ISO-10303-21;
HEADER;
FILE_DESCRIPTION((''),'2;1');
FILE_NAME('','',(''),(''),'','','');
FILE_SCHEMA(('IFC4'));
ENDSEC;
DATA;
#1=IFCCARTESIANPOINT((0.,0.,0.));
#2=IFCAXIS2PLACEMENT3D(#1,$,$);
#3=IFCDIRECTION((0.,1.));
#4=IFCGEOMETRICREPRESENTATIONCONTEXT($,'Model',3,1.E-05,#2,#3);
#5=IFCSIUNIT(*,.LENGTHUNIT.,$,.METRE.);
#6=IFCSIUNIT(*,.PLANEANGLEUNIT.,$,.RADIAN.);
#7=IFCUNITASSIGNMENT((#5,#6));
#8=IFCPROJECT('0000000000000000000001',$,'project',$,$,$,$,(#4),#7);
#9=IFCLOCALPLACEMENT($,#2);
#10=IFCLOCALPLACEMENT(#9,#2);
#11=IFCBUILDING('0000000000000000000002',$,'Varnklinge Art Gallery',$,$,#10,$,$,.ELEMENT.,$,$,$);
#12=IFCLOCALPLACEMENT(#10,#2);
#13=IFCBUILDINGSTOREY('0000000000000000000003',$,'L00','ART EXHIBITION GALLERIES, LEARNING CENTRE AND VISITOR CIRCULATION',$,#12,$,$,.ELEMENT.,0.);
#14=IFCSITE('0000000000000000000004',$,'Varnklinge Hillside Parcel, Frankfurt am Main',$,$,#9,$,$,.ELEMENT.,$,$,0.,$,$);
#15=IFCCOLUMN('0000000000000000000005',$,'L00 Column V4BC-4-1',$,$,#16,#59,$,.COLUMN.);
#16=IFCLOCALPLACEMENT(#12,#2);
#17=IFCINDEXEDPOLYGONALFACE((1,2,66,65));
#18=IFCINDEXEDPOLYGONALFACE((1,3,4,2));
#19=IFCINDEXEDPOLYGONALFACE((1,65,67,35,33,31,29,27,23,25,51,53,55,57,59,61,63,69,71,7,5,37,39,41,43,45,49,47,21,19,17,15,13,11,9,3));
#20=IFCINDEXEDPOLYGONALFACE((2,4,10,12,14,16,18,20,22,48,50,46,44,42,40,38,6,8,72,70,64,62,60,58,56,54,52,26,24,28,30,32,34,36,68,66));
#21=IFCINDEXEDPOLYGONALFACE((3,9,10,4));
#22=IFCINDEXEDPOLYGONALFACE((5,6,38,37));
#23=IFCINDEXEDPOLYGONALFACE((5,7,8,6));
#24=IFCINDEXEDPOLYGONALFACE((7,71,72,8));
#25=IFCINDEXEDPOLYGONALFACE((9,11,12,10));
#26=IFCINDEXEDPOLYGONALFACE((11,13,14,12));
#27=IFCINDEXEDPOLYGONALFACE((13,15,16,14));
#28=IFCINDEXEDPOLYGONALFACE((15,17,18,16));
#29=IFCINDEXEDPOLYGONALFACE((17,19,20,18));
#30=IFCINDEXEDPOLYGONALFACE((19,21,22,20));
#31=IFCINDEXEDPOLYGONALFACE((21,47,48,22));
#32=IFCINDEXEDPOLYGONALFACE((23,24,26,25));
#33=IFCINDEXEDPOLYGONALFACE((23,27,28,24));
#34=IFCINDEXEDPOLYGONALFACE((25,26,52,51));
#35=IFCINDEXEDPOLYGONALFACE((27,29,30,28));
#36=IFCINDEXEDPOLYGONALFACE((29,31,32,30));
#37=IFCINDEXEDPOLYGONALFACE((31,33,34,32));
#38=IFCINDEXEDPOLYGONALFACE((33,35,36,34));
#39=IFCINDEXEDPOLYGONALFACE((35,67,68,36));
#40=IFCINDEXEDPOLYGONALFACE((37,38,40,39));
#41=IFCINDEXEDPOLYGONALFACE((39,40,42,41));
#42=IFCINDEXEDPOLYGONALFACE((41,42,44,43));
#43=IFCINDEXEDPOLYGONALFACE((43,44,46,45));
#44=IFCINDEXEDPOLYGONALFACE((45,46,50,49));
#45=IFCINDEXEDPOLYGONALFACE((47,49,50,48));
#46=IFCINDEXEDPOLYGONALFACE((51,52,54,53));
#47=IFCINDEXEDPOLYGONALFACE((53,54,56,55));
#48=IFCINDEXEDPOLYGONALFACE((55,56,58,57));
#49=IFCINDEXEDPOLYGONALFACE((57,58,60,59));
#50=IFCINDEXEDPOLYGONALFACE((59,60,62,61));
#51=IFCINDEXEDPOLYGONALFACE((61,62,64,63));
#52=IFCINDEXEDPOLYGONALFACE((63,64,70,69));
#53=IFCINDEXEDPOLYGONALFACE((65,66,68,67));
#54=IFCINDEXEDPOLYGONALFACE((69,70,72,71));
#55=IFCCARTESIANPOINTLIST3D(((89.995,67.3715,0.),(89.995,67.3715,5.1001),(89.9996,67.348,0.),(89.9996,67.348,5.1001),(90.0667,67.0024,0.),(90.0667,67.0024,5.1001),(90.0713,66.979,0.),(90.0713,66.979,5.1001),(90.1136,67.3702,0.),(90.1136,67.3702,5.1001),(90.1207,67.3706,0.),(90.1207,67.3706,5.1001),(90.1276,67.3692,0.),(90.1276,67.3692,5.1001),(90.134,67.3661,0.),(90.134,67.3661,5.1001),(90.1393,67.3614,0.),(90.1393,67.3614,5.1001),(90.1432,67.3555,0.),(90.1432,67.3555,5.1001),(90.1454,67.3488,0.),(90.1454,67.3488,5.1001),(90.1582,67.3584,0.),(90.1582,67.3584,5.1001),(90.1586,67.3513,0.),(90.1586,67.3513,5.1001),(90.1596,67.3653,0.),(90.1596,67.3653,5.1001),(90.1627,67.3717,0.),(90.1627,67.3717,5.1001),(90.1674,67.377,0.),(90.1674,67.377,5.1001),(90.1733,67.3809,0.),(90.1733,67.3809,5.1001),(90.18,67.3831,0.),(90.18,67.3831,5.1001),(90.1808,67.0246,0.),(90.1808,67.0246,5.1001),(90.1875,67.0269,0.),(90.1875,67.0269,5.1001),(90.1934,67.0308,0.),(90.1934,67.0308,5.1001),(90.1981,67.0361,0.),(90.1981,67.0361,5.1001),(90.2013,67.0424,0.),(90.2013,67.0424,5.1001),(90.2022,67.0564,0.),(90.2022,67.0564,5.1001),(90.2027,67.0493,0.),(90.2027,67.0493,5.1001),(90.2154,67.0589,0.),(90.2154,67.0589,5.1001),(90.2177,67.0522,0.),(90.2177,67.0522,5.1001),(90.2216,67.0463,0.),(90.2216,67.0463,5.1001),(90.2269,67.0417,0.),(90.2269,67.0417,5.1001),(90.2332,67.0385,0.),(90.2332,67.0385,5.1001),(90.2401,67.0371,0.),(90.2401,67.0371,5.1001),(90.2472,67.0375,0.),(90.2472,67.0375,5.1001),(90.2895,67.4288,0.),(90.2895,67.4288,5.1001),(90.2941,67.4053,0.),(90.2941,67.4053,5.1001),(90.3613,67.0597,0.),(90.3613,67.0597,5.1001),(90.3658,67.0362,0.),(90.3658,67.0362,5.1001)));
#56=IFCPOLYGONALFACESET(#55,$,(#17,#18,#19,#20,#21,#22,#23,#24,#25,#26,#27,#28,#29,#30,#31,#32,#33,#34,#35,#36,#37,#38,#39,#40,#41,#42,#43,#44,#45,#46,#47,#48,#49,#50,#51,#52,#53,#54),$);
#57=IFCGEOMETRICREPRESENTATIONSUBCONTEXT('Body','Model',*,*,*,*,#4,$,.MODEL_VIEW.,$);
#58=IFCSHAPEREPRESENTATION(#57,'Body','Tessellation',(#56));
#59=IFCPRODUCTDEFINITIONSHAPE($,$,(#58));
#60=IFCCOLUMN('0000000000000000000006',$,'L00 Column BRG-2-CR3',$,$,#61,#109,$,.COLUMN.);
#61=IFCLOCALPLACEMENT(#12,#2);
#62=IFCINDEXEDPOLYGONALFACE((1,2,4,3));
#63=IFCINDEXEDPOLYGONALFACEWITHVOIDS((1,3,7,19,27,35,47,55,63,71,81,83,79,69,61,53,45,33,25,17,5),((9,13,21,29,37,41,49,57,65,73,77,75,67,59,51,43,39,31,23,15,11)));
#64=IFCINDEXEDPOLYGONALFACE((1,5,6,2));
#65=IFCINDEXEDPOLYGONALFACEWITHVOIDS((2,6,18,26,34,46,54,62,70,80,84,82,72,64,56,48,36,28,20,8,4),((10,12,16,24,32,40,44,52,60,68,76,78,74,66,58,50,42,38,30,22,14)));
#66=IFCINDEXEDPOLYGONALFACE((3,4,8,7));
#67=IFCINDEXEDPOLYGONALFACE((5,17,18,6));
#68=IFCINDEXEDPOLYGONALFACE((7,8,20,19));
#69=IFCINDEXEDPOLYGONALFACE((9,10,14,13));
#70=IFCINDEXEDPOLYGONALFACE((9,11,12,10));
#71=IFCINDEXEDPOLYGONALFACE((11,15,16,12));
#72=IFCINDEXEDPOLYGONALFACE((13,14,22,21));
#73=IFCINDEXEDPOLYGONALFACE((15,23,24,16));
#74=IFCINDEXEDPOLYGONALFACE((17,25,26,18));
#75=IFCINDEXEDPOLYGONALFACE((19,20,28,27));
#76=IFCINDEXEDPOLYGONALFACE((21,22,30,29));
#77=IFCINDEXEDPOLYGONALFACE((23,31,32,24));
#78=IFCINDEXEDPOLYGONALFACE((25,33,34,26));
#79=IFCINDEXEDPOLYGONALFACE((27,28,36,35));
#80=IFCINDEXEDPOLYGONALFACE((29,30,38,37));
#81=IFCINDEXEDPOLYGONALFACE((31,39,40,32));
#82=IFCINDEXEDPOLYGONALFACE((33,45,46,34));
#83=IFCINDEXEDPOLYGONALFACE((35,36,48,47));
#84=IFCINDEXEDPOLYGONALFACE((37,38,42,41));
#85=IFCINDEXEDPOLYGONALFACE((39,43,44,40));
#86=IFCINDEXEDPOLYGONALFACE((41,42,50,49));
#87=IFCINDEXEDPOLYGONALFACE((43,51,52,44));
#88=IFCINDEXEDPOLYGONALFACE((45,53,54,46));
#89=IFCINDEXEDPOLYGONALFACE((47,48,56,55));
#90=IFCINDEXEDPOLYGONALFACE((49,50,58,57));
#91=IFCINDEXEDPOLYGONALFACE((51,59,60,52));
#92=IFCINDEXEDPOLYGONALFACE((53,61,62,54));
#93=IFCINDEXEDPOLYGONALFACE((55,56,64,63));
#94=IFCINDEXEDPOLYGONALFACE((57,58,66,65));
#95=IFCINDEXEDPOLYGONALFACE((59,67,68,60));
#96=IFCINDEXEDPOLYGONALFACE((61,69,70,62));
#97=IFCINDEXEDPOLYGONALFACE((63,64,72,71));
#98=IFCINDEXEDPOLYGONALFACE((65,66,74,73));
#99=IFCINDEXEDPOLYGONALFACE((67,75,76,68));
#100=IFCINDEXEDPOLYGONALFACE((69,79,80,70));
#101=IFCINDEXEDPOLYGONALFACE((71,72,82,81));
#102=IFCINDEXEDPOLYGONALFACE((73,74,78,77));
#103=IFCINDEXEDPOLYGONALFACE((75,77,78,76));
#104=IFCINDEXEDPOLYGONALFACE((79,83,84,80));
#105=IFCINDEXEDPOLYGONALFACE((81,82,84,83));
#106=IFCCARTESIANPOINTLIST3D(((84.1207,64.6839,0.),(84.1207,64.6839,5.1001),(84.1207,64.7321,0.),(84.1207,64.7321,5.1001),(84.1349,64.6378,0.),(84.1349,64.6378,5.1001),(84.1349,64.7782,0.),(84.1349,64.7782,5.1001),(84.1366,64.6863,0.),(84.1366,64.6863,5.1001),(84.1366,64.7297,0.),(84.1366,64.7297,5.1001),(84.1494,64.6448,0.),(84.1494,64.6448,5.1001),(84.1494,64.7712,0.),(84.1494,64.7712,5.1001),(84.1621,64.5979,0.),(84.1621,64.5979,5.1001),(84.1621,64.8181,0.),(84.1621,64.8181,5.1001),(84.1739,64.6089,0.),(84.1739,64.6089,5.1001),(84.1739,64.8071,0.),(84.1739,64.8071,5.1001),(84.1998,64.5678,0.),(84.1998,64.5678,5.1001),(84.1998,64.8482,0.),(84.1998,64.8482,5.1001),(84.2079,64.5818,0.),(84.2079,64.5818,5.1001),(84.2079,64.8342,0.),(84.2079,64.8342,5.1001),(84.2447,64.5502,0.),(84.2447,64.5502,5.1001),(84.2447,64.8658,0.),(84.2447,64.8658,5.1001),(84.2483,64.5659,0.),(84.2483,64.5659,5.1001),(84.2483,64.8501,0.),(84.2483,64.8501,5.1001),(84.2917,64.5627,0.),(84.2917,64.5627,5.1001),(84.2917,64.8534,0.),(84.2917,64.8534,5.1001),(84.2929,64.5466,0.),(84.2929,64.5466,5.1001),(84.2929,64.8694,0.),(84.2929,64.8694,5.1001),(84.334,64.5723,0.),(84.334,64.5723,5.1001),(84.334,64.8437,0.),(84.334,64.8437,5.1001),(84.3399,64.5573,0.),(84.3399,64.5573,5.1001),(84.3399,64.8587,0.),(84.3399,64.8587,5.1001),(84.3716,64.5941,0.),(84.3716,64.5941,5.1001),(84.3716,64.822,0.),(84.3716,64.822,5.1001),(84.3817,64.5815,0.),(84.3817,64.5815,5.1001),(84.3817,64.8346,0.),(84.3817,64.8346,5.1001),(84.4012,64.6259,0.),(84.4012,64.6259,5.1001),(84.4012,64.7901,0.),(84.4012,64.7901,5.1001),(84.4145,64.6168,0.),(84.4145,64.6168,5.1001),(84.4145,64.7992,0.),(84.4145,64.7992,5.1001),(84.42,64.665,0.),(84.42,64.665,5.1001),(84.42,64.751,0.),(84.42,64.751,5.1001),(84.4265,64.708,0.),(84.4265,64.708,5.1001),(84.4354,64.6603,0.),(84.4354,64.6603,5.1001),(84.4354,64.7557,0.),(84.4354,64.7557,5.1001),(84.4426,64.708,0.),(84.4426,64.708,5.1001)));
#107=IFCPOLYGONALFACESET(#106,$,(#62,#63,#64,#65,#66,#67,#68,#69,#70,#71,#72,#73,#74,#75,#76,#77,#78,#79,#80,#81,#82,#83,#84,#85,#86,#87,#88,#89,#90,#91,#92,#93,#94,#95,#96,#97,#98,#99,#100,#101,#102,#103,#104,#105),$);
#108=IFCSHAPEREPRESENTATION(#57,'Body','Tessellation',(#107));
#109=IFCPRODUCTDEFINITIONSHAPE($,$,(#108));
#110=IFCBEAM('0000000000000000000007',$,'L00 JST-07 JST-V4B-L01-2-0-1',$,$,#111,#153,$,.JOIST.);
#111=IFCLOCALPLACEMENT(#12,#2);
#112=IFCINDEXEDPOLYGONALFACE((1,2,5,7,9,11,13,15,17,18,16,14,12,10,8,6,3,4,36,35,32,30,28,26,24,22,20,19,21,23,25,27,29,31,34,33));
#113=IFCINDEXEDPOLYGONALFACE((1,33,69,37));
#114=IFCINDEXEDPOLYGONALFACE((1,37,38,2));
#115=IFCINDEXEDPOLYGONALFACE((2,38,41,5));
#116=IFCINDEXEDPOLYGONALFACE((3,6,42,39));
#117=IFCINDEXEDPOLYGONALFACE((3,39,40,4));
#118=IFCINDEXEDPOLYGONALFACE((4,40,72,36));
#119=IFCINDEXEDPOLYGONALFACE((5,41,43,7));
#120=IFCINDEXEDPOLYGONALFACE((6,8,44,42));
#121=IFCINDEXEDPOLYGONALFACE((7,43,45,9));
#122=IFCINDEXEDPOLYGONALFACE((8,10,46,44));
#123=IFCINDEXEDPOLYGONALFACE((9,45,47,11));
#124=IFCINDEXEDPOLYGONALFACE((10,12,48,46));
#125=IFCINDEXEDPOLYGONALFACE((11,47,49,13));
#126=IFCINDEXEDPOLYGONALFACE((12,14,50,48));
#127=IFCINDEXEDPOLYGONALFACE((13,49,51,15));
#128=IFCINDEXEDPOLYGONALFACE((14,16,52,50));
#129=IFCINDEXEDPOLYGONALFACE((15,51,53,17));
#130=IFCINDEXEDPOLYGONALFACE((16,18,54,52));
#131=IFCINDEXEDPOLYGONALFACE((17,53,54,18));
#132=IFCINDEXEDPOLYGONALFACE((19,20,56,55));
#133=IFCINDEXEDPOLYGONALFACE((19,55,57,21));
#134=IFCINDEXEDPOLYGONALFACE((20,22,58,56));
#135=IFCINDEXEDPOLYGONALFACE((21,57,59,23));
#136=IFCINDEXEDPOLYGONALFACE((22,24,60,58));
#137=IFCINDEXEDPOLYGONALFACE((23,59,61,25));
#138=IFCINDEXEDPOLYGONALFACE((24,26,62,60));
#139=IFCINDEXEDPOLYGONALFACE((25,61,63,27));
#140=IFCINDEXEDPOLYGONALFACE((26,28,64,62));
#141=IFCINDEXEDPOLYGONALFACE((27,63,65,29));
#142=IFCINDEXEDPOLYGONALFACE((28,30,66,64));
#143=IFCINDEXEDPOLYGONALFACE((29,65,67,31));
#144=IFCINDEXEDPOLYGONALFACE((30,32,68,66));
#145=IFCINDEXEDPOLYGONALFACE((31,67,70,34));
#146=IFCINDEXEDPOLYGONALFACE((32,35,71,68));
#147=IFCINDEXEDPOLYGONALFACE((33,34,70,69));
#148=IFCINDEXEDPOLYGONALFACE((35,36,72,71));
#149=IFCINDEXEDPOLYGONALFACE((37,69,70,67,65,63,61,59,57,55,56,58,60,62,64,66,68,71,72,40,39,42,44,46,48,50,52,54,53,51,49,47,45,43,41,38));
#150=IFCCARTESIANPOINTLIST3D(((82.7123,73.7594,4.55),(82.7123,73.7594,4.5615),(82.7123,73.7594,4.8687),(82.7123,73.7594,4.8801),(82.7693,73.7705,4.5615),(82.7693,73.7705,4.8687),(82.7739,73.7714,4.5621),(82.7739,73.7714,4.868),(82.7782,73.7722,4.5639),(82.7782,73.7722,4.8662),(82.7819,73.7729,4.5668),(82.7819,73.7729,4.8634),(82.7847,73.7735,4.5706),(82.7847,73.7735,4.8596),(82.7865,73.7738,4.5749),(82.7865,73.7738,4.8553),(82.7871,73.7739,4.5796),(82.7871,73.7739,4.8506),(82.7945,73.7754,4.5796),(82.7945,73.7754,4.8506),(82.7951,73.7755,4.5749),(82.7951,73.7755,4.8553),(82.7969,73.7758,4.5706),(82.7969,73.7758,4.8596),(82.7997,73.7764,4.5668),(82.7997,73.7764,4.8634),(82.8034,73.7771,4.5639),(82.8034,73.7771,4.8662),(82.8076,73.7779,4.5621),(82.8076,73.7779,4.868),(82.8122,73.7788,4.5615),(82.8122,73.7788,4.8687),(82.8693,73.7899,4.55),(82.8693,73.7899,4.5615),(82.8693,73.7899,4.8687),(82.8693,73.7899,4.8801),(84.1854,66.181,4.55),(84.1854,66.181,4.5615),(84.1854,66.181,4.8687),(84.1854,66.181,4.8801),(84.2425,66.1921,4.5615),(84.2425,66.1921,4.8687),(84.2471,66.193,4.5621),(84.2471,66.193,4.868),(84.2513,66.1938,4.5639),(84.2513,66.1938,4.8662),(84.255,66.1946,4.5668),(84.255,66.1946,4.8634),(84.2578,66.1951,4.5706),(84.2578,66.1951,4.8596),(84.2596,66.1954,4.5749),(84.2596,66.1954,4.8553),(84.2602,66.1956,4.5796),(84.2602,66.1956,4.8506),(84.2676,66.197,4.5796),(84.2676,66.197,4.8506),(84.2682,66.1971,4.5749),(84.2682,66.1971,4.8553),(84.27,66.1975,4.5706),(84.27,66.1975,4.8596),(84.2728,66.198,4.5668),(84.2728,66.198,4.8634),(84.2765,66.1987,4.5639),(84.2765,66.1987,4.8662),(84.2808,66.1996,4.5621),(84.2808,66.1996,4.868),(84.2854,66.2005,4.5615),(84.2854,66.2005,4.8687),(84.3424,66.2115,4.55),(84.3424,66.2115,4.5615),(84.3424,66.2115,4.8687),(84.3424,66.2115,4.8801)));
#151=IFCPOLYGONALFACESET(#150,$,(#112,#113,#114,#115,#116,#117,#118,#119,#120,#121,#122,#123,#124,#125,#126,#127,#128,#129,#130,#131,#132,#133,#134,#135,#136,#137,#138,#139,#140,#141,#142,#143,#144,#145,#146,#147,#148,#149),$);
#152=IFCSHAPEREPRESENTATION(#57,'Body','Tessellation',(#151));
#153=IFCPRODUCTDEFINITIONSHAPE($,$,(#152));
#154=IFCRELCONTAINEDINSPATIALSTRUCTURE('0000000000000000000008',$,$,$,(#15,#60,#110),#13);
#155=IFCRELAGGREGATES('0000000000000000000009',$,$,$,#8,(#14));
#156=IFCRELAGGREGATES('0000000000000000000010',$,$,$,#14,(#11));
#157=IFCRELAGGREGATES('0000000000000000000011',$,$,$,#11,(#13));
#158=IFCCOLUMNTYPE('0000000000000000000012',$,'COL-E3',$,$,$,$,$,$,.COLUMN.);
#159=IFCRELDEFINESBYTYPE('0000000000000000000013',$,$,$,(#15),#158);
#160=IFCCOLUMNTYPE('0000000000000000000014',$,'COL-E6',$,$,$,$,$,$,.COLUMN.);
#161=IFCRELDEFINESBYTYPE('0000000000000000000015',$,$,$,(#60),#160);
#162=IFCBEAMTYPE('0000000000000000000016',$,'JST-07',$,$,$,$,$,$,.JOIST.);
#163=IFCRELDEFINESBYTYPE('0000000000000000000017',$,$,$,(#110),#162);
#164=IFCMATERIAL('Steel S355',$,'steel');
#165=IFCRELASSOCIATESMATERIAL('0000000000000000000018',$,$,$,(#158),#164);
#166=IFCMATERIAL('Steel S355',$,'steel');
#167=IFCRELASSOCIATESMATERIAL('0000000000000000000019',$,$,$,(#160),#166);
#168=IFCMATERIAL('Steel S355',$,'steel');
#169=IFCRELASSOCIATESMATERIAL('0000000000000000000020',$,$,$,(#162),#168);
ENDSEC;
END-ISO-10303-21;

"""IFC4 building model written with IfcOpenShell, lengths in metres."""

from ifc_helpers import new_model, si_unit, direction, frame, origin, origin_2d, place, context, subcontext, project, spatial, hollow_circle, i_section, extrude, material, material_profile, profile_set, type_object, element, save


model = new_model("IFC4")

# Units and contexts
model_context = context("Model", 3, precision=1e-05, world=origin(), true_north=direction((0.0, 1.0)))
body_context = subcontext(model_context, "Body", "Model", "MODEL_VIEW")
ifc_project = project(units=[si_unit("LENGTHUNIT", "METRE"), si_unit("PLANEANGLEUNIT", "RADIAN")], contexts=[model_context])

# Site, building, storey
site_placement = place(None, origin())
site = spatial("IfcSite", under=ifc_project, at=site_placement, Name="Varnklinge Hillside Parcel, Frankfurt am Main", CompositionType="ELEMENT", RefElevation=0.0)
building_placement = place(site_placement, origin())
building = spatial("IfcBuilding", under=site, at=building_placement, Name="Varnklinge Art Gallery", CompositionType="ELEMENT")
storey_placement = place(building_placement, origin())
storey = spatial("IfcBuildingStorey", under=building, at=storey_placement, Name="L00", Description="ART EXHIBITION GALLERIES, LEARNING CENTRE AND VISITOR CIRCULATION", CompositionType="ELEMENT", Elevation=0.0)

# Columns
ifc_material_1 = material(Name="Steel S355", Category="steel")
ifc_material_profile_1 = material_profile(ifc_material_1, i_section(OverallWidth=0.3, OverallDepth=0.3999, WebThickness=0.0134, FlangeThickness=0.0239, FilletRadius=0.0271, at=origin_2d()), Name="HEB 400")
ifc_profile_set_1 = profile_set([ifc_material_profile_1], Name="Steel S355")
column_type_1 = type_object("IfcColumnType", Name="COL-E3", PredefinedType="COLUMN", material=ifc_profile_set_1)
column_1_placement = place(storey_placement, frame((90.1804, 67.2039, 0.0), z_axis=(0.0, 0.0, 1.0), x_axis=(0.981627, 0.190809, 0.0)))
element("IfcColumn", 1, at=column_1_placement, inside=storey, type_object=column_type_1, Name="L00 Column V4BC-4-1", PredefinedType="COLUMN", context=body_context, shape_type="SweptSolid", body=[
    extrude(i_section(OverallWidth=0.3, OverallDepth=0.3999, WebThickness=0.0134, FlangeThickness=0.0239, FilletRadius=0.0271, at=origin_2d()), origin(), (0.0, 0.0, 1.0), 5.1001),
])
ifc_material_2 = material(Name="Steel S355", Category="steel")
ifc_material_profile_2 = material_profile(ifc_material_2, hollow_circle(Radius=0.1619, WallThickness=0.0161, at=origin_2d()), Name="CHS 323.9x16")
ifc_profile_set_2 = profile_set([ifc_material_profile_2], Name="Steel S355")
column_type_2 = type_object("IfcColumnType", Name="COL-E6", PredefinedType="COLUMN", material=ifc_profile_set_2)
column_2_placement = place(storey_placement, frame((84.2808, 64.708, 0.0), z_axis=(0.0, 0.0, 1.0), x_axis=(1.0, 0.0, 0.0)))
element("IfcColumn", 2, at=column_2_placement, inside=storey, type_object=column_type_2, Name="L00 Column BRG-2-CR3", PredefinedType="COLUMN", context=body_context, shape_type="SweptSolid", body=[
    extrude(hollow_circle(Radius=0.1619, WallThickness=0.0161, at=origin_2d()), origin(), (0.0, 0.0, 1.0), 5.1001),
])

# Beam
ifc_material_3 = material(Name="Steel S355", Category="steel")
ifc_material_profile_3 = material_profile(ifc_material_3, i_section(OverallWidth=0.1599, OverallDepth=0.3301, WebThickness=0.0076, FlangeThickness=0.0115, FilletRadius=0.0181, at=origin_2d()), Name="IPE 330")
ifc_profile_set_3 = profile_set([ifc_material_profile_3], Name="Steel S355")
beam_type_1 = type_object("IfcBeamType", Name="JST-07", PredefinedType="JOIST", material=ifc_profile_set_3)
beam_1_placement = place(storey_placement, frame((84.2639, 66.1963, 4.7151), z_axis=(-0.190816, 0.981626, 0.0), x_axis=(-0.981626, -0.190816, 0.0)))
element("IfcBeam", 3, at=beam_1_placement, inside=storey, type_object=beam_type_1, Name="L00 JST-07 JST-V4B-L01-2-0-1", PredefinedType="JOIST", context=body_context, shape_type="SweptSolid", body=[
    extrude(i_section(OverallWidth=0.1599, OverallDepth=0.3301, WebThickness=0.0076, FlangeThickness=0.0115, FilletRadius=0.0181, at=origin_2d()), origin(), (0.0, 0.0, 1.0), 7.7202),
])

save(model, "model.ifc")
